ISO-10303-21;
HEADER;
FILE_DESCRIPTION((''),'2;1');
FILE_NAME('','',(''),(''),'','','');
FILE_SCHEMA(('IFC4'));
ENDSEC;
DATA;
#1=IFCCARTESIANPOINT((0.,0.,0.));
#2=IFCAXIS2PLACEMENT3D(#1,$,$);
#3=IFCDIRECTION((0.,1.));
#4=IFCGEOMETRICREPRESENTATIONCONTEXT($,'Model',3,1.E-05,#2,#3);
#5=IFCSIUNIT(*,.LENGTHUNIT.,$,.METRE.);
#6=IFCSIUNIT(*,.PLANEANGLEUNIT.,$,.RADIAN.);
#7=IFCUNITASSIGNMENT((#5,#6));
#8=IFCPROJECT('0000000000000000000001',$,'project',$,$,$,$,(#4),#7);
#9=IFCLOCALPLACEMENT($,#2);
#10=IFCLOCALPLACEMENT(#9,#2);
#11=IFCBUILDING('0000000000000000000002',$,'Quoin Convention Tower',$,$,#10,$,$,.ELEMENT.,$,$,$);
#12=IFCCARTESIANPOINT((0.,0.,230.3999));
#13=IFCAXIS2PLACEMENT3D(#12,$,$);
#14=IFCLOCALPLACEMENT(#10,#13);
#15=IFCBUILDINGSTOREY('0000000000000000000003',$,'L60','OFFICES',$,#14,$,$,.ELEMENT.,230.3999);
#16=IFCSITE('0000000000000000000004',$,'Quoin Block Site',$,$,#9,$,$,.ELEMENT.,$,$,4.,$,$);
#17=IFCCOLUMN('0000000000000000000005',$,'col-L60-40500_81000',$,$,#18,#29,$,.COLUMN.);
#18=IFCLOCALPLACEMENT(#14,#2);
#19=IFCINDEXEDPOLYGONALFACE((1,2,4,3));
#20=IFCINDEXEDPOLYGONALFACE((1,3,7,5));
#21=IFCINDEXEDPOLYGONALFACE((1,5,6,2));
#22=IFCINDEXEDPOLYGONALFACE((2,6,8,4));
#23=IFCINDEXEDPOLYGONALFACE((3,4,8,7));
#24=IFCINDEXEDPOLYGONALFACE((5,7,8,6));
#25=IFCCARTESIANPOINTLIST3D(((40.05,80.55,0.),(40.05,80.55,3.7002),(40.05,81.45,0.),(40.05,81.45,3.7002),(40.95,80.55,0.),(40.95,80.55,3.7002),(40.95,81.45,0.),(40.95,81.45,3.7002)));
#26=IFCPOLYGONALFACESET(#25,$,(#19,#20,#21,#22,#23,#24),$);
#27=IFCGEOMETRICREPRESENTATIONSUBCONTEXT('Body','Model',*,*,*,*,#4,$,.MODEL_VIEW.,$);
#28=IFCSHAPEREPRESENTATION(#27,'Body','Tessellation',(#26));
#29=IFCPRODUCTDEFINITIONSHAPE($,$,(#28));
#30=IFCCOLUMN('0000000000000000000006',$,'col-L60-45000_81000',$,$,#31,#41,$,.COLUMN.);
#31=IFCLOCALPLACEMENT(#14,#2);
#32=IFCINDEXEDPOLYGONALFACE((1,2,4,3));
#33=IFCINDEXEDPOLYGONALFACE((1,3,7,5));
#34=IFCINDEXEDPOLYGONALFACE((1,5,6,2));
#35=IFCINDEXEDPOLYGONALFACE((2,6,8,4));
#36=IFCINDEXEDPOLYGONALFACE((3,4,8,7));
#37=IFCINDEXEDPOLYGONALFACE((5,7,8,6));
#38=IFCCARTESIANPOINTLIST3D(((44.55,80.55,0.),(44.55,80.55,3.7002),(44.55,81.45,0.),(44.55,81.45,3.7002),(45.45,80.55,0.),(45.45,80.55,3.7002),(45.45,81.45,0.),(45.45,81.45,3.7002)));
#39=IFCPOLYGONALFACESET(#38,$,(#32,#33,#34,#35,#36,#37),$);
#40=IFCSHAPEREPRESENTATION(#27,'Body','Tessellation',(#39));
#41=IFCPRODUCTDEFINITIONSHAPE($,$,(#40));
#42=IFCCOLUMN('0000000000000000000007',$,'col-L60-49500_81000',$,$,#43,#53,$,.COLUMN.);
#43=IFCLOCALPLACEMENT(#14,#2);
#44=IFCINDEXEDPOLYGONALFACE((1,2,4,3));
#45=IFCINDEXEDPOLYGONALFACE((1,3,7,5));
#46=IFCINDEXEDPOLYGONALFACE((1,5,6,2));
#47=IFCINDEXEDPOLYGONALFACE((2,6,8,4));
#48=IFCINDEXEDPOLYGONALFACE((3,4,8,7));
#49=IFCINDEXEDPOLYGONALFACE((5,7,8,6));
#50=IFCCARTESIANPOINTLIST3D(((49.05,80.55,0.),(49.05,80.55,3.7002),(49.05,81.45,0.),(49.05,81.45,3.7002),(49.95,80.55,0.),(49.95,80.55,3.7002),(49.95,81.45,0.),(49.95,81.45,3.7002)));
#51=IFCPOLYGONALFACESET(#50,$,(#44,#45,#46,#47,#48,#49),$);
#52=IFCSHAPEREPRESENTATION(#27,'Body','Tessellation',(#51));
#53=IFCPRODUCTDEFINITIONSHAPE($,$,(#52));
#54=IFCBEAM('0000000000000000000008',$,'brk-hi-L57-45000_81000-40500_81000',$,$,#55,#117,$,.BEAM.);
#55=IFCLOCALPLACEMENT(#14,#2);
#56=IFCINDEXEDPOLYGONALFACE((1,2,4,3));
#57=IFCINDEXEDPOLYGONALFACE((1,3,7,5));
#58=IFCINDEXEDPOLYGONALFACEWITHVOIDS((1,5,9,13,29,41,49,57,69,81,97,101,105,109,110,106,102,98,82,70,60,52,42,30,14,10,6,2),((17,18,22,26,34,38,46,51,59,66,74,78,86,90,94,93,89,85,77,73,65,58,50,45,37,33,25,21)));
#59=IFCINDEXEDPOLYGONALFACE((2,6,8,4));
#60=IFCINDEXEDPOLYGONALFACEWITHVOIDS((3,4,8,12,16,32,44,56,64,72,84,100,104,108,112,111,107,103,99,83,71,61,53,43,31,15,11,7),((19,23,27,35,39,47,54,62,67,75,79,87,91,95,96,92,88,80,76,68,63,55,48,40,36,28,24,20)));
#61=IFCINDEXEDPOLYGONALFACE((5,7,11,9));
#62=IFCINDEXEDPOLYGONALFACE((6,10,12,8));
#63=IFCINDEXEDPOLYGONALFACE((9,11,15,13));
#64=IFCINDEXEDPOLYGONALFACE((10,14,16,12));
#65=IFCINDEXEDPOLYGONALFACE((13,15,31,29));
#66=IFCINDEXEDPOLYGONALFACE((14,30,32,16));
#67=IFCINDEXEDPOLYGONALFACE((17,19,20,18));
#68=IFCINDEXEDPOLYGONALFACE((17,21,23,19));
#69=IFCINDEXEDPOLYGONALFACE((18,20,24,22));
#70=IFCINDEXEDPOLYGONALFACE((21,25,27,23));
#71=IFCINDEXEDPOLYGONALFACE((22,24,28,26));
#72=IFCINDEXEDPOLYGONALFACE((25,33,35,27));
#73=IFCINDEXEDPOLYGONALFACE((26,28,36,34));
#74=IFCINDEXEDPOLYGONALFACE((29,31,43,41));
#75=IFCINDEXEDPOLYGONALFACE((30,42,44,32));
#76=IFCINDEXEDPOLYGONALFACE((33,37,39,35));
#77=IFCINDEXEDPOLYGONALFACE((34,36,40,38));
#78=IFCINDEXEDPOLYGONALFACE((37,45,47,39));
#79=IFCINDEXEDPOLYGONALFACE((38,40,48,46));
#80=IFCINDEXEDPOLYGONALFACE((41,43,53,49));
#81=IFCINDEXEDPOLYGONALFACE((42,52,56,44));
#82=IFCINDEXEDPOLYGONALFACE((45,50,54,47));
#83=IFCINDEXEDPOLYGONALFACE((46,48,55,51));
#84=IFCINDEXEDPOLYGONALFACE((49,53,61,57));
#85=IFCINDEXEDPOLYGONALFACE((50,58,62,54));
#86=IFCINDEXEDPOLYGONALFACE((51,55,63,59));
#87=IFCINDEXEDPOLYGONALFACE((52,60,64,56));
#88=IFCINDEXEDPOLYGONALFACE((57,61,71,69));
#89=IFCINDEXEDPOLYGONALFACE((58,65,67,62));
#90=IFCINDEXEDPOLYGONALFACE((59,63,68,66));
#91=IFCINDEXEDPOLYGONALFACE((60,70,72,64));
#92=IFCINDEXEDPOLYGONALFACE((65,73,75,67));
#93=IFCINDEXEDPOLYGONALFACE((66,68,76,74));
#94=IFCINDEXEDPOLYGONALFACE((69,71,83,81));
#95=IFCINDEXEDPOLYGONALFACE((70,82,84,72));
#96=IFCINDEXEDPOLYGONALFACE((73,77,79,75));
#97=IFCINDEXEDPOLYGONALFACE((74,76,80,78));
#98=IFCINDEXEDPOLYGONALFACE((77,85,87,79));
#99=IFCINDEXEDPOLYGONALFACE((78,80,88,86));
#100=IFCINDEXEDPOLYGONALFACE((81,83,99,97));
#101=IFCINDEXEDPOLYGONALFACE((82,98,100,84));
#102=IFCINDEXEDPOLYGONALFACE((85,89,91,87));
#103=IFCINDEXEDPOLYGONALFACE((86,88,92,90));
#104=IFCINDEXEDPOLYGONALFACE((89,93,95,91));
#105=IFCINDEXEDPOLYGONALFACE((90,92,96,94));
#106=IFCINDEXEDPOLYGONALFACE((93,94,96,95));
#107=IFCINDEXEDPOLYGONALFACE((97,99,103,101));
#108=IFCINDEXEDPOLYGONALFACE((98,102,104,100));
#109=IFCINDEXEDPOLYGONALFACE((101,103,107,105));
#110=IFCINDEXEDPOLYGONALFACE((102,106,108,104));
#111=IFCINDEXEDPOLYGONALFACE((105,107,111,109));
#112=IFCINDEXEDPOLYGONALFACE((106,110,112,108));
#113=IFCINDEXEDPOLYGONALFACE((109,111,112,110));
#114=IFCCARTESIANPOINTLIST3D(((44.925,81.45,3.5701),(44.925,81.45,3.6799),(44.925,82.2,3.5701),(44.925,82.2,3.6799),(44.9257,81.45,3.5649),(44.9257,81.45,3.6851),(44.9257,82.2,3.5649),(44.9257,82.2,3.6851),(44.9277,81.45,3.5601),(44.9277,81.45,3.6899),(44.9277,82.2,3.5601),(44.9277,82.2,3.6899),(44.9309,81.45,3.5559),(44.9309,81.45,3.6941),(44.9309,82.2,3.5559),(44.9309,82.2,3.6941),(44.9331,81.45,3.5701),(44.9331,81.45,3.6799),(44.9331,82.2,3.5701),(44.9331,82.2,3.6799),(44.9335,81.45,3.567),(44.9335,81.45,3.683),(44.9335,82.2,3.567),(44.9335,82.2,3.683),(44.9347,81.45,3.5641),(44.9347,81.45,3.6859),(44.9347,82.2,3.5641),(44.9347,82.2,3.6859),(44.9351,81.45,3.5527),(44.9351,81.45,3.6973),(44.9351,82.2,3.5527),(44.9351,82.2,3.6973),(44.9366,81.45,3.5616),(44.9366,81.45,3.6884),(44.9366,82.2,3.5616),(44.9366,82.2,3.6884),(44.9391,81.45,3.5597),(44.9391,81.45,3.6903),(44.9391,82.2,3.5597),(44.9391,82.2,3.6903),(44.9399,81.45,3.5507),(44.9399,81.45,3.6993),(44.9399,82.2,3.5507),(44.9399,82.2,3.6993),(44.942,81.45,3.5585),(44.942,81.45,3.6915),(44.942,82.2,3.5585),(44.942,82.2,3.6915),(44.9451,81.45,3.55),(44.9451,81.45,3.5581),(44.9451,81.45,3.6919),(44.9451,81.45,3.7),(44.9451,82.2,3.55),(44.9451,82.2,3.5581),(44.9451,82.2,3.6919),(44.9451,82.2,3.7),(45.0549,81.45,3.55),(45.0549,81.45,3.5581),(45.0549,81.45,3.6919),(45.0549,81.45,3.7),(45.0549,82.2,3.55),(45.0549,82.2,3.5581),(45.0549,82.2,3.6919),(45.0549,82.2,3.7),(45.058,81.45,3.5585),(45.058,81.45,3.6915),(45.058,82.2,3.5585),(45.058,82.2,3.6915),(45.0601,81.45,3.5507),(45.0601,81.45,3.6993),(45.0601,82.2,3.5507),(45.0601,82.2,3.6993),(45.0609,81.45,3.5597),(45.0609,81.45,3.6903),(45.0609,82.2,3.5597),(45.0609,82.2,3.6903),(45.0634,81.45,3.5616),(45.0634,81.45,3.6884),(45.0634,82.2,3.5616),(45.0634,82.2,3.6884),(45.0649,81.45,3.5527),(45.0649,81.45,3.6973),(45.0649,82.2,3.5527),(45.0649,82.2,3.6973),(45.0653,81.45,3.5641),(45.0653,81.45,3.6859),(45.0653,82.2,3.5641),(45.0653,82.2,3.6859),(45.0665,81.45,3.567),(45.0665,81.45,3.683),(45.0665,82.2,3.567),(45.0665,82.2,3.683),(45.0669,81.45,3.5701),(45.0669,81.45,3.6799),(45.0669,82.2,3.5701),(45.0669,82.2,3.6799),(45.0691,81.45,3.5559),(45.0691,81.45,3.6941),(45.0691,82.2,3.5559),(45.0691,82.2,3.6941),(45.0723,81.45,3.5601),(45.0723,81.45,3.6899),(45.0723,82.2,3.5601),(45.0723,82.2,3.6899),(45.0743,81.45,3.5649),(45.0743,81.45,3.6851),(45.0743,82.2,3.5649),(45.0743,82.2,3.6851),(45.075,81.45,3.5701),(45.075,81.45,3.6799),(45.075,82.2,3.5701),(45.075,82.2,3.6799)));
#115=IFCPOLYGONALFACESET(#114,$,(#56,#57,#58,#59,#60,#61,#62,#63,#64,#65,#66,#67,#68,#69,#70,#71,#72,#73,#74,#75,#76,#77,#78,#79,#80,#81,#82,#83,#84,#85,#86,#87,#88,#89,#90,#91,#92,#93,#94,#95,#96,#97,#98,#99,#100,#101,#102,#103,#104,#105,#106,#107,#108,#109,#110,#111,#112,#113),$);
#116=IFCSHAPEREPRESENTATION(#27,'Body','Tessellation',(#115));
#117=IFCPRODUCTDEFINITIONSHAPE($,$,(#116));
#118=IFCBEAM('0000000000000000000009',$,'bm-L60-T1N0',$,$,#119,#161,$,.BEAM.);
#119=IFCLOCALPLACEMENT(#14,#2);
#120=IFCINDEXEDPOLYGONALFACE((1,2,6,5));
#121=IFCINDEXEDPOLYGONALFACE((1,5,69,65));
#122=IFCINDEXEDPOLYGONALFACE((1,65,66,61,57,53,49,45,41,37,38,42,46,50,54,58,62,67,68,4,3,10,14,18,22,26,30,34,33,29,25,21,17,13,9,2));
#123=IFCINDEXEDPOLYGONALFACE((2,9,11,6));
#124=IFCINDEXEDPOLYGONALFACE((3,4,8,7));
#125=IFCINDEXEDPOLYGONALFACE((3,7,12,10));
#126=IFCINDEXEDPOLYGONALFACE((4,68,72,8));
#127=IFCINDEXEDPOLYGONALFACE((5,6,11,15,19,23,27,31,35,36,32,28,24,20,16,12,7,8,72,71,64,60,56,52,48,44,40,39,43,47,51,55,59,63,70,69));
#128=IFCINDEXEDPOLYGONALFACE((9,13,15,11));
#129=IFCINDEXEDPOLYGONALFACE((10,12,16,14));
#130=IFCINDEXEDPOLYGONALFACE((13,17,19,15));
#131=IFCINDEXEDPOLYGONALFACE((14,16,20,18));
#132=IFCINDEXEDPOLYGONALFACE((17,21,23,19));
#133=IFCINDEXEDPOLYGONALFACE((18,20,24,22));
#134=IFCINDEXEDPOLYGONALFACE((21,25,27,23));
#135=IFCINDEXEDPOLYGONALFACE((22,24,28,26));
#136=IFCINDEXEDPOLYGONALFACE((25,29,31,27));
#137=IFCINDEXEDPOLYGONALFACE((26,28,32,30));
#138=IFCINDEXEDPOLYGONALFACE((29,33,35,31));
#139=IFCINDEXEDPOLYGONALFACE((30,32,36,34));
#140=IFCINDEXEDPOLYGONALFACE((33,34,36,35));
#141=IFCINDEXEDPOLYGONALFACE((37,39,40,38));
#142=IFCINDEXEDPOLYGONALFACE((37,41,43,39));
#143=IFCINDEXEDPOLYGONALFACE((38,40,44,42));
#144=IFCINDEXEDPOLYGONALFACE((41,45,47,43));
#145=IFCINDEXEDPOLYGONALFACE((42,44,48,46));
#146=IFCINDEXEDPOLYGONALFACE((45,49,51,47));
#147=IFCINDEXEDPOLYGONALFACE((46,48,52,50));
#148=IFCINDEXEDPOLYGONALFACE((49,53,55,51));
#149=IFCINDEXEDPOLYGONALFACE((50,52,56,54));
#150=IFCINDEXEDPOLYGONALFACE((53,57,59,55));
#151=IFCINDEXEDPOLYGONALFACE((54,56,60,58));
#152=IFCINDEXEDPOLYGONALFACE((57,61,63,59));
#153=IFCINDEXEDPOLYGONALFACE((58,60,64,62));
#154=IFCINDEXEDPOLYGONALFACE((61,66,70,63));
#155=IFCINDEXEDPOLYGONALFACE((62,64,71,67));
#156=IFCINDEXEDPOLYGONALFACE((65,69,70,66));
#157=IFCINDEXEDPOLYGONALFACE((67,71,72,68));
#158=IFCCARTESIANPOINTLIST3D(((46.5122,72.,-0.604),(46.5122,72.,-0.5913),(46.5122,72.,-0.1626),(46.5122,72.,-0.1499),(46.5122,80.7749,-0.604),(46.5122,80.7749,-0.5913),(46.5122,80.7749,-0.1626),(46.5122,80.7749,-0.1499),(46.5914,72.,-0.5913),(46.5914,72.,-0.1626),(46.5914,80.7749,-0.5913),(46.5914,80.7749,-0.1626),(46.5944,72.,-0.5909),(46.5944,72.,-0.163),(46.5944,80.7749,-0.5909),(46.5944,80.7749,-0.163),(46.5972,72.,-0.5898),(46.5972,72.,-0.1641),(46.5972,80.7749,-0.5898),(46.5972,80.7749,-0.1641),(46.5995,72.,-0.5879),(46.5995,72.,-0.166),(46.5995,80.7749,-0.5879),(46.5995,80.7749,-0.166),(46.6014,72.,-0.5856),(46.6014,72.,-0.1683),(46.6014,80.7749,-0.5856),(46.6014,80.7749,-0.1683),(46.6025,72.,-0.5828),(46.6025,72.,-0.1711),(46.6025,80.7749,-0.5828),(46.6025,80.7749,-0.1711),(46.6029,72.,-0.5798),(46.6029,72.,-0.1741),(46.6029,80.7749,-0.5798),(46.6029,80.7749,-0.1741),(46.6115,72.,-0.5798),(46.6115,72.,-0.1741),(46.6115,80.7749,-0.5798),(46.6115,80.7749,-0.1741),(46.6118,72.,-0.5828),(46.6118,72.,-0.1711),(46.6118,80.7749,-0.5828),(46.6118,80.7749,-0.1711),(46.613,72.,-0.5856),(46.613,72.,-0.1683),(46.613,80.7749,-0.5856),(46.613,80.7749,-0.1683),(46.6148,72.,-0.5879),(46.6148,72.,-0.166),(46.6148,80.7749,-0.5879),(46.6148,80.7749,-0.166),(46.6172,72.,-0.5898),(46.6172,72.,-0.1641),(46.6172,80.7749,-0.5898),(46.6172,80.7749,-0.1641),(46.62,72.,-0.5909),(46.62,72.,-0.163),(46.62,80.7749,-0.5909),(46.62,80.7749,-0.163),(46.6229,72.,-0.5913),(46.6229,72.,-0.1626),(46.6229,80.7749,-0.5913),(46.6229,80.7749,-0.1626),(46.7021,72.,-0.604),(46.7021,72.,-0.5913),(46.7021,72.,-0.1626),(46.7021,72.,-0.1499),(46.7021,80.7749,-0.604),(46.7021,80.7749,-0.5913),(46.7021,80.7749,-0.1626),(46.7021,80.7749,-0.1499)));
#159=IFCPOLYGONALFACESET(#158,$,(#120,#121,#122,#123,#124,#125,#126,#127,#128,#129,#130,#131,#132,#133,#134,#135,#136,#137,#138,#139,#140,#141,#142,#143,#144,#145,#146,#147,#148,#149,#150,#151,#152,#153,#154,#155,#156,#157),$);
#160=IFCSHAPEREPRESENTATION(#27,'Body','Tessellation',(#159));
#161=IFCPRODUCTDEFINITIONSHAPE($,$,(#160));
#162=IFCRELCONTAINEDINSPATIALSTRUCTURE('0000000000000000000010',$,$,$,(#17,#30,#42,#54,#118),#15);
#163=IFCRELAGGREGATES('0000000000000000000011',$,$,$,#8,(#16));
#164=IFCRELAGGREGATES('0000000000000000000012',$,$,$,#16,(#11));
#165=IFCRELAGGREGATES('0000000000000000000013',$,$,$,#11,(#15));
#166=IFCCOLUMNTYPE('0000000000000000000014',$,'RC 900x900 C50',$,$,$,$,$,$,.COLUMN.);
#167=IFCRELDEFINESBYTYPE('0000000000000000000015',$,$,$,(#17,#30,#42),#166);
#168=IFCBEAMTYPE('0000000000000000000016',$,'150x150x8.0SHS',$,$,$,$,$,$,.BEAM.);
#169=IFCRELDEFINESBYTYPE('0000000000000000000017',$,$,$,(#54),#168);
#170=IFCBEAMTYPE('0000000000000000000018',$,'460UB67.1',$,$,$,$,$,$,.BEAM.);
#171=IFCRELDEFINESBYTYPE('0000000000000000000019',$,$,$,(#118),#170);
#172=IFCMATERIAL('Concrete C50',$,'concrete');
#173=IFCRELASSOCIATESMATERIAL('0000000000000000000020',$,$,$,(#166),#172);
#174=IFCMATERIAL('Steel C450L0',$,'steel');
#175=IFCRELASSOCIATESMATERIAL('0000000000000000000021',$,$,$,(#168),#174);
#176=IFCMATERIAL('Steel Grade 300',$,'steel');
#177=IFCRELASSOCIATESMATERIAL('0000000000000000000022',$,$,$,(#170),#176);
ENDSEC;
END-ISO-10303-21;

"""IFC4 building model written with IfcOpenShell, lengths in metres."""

from ifc_helpers import new_model, si_unit, direction, frame, origin, origin_2d, place, context, subcontext, project, spatial, rectangle, hollow_rectangle, i_section, extrude, material, material_profile, profile_set, type_object, element, save


model = new_model("IFC4")

# Units and contexts
model_context = context("Model", 3, precision=1e-05, world=origin(), true_north=direction((0.0, 1.0)))
body_context = subcontext(model_context, "Body", "Model", "MODEL_VIEW")
ifc_project = project(units=[si_unit("LENGTHUNIT", "METRE"), si_unit("PLANEANGLEUNIT", "RADIAN")], contexts=[model_context])

# Site, building, storey
site_placement = place(None, origin())
site = spatial("IfcSite", under=ifc_project, at=site_placement, Name="Quoin Block Site", CompositionType="ELEMENT", RefElevation=4.0)
building_placement = place(site_placement, origin())
building = spatial("IfcBuilding", under=site, at=building_placement, Name="Quoin Convention Tower", CompositionType="ELEMENT")
storey_placement = place(building_placement, frame((0.0, 0.0, 230.3999)))
storey = spatial("IfcBuildingStorey", under=building, at=storey_placement, Name="L60", Description="OFFICES", CompositionType="ELEMENT", Elevation=230.3999)

# Columns
ifc_material_1 = material(Name="Concrete C50", Category="concrete")
ifc_material_profile_1 = material_profile(ifc_material_1, rectangle(XDim=0.8999, YDim=0.8999, at=origin_2d()), Name="RC 900x900")
ifc_profile_set_1 = profile_set([ifc_material_profile_1], Name="Concrete C50")
column_type = type_object("IfcColumnType", Name="RC 900x900 C50", PredefinedType="COLUMN", material=ifc_profile_set_1)
for number, where, z_axis, x_axis, name in (
    (1, (40.5, 81.0, 0.0), (0.0, 0.0, 1.0), (1.0, 0.0, 0.0), "col-L60-40500_81000"),
    (2, (45.0, 81.0, 0.0), (0.0, 0.0, 1.0), (1.0, 0.0, 0.0), "col-L60-45000_81000"),
    (3, (49.5, 81.0, 0.0), (0.0, 0.0, 1.0), (1.0, 0.0, 0.0), "col-L60-49500_81000"),
):
    element("IfcColumn", number, at=place(storey_placement, frame(where, z_axis=z_axis, x_axis=x_axis)), inside=storey, type_object=column_type, Name=name, PredefinedType="COLUMN", context=body_context, shape_type="SweptSolid", body=[
        extrude(rectangle(XDim=0.8999, YDim=0.8999, at=origin_2d()), origin(), (0.0, 0.0, 1.0), 3.7002),
    ])

# Beams
ifc_material_2 = material(Name="Steel C450L0", Category="steel")
ifc_material_profile_2 = material_profile(ifc_material_2, hollow_rectangle(XDim=0.1499, YDim=0.1499, WallThickness=0.0081, InnerFilletRadius=0.012, OuterFilletRadius=0.02, at=origin_2d()), Name="150x150x8.0SHS")
ifc_profile_set_2 = profile_set([ifc_material_profile_2], Name="Steel C450L0")
beam_type_1 = type_object("IfcBeamType", Name="150x150x8.0SHS", PredefinedType="BEAM", material=ifc_profile_set_2)
beam_1_placement = place(storey_placement, frame((45.0, 81.45, 3.625), z_axis=(0.0, 1.0, 0.0), x_axis=(-1.0, 0.0, 0.0)))
element("IfcBeam", 4, at=beam_1_placement, inside=storey, type_object=beam_type_1, Name="brk-hi-L57-45000_81000-40500_81000", PredefinedType="BEAM", context=body_context, shape_type="SweptSolid", body=[
    extrude(hollow_rectangle(XDim=0.1499, YDim=0.1499, WallThickness=0.0081, InnerFilletRadius=0.012, OuterFilletRadius=0.02, at=origin_2d()), origin(), (0.0, 0.0, 1.0), 0.75),
])
ifc_material_3 = material(Name="Steel Grade 300", Category="steel")
ifc_material_profile_3 = material_profile(ifc_material_3, i_section(OverallWidth=0.1899, OverallDepth=0.4541, WebThickness=0.0085, FlangeThickness=0.0127, FilletRadius=0.0115, at=origin_2d()), Name="460UB67.1")
ifc_profile_set_3 = profile_set([ifc_material_profile_3], Name="Steel Grade 300")
beam_type_2 = type_object("IfcBeamType", Name="460UB67.1", PredefinedType="BEAM", material=ifc_profile_set_3)
beam_2_placement = place(storey_placement, frame((46.6072, 72.0, -0.377), z_axis=(0.0, 1.0, 0.0), x_axis=(-1.0, 0.0, 0.0)))
element("IfcBeam", 5, at=beam_2_placement, inside=storey, type_object=beam_type_2, Name="bm-L60-T1N0", PredefinedType="BEAM", context=body_context, shape_type="SweptSolid", body=[
    extrude(i_section(OverallWidth=0.1899, OverallDepth=0.4541, WebThickness=0.0085, FlangeThickness=0.0127, FilletRadius=0.0115, at=origin_2d()), origin(), (0.0, 0.0, 1.0), 8.7749),
])

save(model, "model.ifc")
